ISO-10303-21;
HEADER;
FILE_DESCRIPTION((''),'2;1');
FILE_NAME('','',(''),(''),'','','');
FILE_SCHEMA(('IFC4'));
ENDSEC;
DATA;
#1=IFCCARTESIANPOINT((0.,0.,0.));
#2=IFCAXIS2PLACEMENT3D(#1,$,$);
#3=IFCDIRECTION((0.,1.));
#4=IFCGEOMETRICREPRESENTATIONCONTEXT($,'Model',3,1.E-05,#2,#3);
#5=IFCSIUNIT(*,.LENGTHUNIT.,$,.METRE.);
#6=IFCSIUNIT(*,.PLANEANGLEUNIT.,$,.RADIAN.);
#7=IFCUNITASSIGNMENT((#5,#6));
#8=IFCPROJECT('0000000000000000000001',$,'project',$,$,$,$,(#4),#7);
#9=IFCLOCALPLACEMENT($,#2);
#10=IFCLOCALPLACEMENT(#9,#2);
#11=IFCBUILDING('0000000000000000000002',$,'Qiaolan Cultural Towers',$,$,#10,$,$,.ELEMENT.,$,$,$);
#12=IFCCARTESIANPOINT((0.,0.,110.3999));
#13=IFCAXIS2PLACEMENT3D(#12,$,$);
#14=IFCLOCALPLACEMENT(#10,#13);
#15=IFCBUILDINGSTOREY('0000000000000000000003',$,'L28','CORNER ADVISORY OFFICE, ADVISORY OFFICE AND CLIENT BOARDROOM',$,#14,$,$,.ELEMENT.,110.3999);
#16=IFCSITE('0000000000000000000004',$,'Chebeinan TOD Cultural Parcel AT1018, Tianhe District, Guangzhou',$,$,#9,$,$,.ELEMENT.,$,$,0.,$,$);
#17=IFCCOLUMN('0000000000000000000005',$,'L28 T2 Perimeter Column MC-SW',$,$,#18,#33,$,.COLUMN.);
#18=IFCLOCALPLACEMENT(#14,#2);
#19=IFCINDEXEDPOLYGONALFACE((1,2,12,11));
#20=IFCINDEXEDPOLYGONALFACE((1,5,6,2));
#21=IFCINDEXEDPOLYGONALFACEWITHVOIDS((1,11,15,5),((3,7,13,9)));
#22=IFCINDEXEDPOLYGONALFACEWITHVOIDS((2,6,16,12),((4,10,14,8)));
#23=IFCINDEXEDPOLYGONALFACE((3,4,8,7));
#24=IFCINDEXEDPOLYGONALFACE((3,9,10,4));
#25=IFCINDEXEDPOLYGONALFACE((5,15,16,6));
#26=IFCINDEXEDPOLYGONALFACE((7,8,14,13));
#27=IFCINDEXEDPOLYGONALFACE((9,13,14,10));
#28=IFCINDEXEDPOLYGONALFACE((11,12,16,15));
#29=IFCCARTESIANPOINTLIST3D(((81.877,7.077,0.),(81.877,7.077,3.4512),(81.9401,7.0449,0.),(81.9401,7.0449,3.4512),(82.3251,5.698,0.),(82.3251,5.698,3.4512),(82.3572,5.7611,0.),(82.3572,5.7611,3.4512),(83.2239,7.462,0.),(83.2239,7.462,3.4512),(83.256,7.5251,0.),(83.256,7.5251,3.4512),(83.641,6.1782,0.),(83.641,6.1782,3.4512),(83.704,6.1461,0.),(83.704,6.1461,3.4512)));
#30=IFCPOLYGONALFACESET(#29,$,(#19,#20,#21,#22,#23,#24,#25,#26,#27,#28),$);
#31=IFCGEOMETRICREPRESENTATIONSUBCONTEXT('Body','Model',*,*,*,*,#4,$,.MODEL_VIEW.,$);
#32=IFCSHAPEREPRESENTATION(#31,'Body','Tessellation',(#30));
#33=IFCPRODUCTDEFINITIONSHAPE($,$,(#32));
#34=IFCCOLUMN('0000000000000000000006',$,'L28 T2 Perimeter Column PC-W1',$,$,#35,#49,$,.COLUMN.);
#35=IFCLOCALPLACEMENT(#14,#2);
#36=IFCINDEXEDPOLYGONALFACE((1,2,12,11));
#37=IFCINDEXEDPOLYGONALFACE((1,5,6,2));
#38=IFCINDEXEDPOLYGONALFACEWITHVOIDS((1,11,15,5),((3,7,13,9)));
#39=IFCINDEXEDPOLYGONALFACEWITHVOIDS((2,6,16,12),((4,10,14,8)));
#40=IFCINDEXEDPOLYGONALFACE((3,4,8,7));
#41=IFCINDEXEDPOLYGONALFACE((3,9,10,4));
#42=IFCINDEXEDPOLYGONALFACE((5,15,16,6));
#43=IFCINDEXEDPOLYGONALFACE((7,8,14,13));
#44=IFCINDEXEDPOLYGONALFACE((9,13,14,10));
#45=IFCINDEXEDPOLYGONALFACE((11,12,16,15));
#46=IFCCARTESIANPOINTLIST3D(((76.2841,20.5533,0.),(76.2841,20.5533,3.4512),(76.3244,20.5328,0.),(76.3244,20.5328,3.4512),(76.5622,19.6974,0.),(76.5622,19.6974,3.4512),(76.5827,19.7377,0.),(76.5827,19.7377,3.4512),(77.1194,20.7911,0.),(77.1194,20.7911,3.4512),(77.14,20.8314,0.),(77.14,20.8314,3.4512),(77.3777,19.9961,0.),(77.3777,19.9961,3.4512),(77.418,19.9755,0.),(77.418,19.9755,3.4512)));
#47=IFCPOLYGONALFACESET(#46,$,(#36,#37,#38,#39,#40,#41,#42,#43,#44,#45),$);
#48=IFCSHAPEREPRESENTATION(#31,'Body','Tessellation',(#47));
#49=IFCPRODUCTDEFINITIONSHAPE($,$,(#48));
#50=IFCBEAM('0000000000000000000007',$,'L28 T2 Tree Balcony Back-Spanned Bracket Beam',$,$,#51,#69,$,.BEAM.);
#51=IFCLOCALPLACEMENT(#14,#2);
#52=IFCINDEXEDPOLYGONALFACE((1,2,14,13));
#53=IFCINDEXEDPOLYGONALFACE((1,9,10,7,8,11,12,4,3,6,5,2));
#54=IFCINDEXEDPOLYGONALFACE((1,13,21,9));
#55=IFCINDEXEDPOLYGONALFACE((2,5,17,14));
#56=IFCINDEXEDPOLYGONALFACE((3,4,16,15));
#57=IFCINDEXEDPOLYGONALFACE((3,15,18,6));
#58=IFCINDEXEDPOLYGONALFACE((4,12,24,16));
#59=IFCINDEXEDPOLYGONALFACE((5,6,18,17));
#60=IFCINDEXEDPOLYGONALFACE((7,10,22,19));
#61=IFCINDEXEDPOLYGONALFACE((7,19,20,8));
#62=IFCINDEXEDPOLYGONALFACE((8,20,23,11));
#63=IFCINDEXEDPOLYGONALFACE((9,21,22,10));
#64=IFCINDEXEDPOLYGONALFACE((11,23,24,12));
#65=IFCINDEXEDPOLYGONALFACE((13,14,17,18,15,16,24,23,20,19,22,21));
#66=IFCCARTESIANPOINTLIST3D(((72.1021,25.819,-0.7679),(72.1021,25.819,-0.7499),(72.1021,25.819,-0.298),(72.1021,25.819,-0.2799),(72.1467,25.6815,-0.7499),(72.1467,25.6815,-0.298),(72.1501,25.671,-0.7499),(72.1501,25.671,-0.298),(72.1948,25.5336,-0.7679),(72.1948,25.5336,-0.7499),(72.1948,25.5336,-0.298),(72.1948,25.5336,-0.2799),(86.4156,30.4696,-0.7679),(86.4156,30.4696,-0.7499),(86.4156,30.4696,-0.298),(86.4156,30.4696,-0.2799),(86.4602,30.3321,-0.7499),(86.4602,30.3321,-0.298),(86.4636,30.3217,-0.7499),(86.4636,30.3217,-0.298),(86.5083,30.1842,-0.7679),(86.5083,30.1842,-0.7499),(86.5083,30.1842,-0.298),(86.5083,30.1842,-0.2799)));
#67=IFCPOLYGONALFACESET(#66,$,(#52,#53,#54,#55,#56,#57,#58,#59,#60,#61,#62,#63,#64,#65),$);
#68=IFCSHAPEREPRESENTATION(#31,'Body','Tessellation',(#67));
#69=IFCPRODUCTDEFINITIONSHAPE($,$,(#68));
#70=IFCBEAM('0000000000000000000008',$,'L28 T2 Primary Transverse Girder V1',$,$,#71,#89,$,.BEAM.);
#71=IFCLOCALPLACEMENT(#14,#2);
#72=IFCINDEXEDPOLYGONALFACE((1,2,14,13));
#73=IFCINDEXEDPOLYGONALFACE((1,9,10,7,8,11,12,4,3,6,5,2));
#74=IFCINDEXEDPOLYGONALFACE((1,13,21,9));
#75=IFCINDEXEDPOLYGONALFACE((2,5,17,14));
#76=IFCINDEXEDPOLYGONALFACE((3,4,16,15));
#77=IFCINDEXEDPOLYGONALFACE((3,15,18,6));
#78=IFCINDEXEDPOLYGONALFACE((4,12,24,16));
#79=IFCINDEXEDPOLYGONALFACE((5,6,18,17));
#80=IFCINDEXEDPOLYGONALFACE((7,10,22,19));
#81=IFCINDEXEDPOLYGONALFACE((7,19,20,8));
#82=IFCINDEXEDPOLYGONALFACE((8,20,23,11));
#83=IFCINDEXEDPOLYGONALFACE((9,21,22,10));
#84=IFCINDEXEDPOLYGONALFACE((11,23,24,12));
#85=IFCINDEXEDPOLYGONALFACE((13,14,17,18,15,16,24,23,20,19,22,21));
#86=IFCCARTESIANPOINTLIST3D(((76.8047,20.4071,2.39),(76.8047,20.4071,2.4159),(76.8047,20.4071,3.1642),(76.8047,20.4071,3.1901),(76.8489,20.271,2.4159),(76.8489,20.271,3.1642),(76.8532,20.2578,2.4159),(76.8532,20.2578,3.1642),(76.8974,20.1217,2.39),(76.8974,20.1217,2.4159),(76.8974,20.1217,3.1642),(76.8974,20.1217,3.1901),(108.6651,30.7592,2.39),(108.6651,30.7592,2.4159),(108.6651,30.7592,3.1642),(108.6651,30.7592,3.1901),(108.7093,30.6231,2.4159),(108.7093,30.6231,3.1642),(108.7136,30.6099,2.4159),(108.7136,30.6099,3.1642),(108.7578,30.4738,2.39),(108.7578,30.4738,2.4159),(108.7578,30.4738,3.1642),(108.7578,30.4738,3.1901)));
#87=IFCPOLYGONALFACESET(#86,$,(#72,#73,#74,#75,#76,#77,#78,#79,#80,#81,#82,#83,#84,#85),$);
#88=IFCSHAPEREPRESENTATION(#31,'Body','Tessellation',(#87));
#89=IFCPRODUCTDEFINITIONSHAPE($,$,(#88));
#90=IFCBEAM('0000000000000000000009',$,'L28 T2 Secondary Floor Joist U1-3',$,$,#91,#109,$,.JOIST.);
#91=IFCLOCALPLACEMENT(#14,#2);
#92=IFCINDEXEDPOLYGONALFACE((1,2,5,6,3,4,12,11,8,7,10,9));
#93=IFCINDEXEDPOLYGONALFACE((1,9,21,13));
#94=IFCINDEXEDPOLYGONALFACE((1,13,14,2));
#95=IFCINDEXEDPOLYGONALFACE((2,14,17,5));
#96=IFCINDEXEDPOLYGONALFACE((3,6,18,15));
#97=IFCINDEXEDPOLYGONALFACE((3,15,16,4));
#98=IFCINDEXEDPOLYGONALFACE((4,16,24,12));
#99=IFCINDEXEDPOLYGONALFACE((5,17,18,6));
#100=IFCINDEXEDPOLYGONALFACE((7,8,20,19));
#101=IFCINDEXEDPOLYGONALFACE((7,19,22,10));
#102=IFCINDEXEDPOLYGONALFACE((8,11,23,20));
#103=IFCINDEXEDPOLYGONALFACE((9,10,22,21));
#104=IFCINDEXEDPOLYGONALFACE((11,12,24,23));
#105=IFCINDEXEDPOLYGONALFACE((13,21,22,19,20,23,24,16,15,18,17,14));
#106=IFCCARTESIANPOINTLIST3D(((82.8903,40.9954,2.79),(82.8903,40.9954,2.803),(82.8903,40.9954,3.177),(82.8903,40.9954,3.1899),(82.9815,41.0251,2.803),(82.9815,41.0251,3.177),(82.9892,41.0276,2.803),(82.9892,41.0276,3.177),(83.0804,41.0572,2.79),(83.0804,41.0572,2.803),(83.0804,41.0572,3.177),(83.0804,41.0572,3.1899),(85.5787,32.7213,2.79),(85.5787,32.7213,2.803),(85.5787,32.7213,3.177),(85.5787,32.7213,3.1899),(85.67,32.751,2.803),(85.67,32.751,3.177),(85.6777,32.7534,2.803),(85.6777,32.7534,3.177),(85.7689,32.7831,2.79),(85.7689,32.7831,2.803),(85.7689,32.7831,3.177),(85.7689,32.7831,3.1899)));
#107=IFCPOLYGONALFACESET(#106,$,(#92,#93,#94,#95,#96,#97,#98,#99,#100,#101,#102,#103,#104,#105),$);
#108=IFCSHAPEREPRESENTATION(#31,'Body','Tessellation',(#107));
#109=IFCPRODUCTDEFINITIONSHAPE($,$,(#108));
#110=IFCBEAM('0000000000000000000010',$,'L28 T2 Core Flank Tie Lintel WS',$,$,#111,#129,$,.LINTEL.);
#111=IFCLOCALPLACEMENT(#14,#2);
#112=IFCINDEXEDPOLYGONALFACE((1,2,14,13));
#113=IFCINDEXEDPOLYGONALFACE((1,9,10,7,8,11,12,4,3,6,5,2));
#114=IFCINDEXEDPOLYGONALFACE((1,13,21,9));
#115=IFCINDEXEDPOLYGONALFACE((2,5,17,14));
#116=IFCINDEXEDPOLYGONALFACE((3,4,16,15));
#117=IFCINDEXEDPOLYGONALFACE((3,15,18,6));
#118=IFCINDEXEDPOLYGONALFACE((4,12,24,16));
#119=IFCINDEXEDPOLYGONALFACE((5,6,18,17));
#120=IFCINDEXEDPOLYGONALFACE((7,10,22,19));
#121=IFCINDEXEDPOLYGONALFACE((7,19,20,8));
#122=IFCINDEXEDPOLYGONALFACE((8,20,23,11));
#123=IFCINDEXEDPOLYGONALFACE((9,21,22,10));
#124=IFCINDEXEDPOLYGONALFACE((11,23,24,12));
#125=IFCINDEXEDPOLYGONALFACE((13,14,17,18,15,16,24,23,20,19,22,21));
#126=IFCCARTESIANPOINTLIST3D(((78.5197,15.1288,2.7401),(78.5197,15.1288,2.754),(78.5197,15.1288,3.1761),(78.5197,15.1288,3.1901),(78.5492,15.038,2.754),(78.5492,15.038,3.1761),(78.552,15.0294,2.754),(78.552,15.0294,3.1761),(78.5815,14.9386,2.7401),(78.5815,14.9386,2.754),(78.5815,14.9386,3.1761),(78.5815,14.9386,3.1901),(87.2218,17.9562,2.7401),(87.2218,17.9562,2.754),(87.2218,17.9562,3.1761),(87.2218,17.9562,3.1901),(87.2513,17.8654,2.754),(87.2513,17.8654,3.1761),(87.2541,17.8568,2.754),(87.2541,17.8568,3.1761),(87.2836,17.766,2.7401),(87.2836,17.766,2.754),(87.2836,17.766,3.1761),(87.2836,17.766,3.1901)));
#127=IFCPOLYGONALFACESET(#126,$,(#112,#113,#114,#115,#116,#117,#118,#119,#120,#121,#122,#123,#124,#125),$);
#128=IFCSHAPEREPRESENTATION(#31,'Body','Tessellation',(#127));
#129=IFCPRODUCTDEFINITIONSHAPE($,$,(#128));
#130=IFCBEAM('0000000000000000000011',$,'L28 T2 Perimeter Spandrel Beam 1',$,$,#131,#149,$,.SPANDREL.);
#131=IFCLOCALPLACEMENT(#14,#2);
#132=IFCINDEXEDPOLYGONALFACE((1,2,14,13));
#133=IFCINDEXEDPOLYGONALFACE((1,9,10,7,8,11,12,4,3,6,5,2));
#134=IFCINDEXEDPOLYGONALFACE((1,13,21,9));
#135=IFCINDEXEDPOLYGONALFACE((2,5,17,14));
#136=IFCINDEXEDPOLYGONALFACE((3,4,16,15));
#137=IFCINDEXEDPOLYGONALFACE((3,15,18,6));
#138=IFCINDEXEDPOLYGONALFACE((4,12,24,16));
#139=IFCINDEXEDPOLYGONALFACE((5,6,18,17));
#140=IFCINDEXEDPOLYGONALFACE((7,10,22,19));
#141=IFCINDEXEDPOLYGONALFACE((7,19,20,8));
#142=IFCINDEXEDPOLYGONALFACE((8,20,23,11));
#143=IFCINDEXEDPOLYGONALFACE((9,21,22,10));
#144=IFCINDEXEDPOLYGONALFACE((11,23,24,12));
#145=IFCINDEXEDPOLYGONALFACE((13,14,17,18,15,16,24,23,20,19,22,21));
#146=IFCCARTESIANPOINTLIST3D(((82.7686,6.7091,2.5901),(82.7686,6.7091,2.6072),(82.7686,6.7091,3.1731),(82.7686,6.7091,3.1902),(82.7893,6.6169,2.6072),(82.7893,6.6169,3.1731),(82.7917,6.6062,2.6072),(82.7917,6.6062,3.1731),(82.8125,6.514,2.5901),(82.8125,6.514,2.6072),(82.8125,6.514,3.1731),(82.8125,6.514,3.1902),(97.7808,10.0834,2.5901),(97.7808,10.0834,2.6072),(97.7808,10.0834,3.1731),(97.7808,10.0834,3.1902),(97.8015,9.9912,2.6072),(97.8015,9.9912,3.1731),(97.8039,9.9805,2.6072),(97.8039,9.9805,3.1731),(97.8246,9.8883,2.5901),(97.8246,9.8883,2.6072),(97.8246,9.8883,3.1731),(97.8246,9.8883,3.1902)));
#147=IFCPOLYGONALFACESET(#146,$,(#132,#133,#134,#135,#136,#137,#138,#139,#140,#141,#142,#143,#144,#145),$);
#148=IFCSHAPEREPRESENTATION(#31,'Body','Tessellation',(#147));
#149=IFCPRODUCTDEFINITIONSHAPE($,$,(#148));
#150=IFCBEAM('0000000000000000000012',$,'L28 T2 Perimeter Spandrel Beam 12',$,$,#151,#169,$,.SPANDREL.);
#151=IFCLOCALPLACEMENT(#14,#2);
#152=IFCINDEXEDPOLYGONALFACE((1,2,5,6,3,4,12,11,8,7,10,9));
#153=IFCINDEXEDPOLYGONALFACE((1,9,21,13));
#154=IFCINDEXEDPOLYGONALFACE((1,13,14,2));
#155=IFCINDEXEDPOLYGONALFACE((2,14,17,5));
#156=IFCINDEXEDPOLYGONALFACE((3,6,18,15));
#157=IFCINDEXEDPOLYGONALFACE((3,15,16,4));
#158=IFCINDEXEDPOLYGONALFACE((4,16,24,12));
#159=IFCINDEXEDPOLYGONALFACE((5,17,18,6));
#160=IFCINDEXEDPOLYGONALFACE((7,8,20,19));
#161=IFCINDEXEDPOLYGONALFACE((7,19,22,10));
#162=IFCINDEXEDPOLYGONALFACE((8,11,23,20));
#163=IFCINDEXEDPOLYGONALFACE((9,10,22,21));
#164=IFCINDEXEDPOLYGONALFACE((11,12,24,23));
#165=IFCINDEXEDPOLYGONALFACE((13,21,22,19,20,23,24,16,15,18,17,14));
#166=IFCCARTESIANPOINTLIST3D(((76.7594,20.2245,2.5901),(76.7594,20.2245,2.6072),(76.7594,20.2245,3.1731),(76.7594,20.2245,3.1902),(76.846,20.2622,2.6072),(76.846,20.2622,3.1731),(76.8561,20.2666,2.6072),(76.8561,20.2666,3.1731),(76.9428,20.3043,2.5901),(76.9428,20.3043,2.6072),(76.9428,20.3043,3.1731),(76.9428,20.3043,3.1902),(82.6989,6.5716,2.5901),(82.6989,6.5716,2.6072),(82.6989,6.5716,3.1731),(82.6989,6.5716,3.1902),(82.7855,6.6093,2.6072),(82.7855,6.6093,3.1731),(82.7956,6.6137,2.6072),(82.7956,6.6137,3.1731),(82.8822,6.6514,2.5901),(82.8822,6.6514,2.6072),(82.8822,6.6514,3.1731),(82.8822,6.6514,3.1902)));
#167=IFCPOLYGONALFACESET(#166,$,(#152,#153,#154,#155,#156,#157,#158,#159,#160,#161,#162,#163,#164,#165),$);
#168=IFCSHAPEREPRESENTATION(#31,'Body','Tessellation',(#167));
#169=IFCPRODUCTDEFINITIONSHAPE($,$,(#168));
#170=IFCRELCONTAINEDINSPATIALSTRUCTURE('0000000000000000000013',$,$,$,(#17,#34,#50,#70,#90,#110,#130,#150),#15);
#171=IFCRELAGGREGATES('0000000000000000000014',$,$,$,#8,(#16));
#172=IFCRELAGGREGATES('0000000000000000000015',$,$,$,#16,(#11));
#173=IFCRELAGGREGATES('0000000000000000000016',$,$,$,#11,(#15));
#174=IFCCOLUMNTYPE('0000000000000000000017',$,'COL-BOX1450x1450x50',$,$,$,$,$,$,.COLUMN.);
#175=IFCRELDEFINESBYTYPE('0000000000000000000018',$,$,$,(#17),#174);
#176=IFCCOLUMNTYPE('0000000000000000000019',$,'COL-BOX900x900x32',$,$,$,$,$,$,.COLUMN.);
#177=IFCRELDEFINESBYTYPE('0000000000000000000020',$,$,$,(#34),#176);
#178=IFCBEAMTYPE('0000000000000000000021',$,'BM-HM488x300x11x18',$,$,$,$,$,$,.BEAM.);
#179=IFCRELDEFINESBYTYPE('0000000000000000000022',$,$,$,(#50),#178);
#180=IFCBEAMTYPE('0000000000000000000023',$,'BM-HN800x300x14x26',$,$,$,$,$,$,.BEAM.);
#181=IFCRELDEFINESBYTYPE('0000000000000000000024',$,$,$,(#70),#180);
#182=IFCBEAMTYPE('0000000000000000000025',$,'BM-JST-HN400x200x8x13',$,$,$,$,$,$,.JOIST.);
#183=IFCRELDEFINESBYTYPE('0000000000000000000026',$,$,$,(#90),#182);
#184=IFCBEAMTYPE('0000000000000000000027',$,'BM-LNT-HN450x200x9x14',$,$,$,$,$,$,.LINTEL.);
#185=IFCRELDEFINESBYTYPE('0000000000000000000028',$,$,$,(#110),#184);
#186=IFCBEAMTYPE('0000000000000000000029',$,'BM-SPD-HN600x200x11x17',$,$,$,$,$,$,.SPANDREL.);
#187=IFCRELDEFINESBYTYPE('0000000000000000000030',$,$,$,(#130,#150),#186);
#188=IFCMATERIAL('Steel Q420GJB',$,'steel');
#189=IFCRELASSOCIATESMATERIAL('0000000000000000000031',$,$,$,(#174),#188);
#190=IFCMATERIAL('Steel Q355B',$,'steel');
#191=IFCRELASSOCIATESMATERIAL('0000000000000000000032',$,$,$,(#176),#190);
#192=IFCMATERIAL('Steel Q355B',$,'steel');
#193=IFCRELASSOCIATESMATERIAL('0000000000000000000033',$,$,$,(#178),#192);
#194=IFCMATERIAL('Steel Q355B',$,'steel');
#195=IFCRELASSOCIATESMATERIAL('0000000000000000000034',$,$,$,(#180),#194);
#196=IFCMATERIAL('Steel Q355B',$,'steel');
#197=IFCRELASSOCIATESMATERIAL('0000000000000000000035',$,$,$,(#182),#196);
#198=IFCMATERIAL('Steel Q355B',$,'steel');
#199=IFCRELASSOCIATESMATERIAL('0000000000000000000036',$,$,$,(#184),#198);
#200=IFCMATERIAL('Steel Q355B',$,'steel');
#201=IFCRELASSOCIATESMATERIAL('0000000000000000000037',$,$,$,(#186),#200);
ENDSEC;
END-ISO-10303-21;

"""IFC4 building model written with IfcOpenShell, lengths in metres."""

from ifc_helpers import new_model, si_unit, direction, frame, origin, origin_2d, place, context, subcontext, project, spatial, hollow_rectangle, i_section, extrude, material, material_profile, profile_set, type_object, element, save


model = new_model("IFC4")

# Units and contexts
model_context = context("Model", 3, precision=1e-05, world=origin(), true_north=direction((0.0, 1.0)))
body_context = subcontext(model_context, "Body", "Model", "MODEL_VIEW")
ifc_project = project(units=[si_unit("LENGTHUNIT", "METRE"), si_unit("PLANEANGLEUNIT", "RADIAN")], contexts=[model_context])

# Site, building, storey
site_placement = place(None, origin())
site = spatial("IfcSite", under=ifc_project, at=site_placement, Name="Chebeinan TOD Cultural Parcel AT1018, Tianhe District, Guangzhou", CompositionType="ELEMENT", RefElevation=0.0)
building_placement = place(site_placement, origin())
building = spatial("IfcBuilding", under=site, at=building_placement, Name="Qiaolan Cultural Towers", CompositionType="ELEMENT")
storey_placement = place(building_placement, frame((0.0, 0.0, 110.3999)))
storey = spatial("IfcBuildingStorey", under=building, at=storey_placement, Name="L28", Description="CORNER ADVISORY OFFICE, ADVISORY OFFICE AND CLIENT BOARDROOM", CompositionType="ELEMENT", Elevation=110.3999)

# Columns
ifc_material_1 = material(Name="Steel Q420GJB", Category="steel")
ifc_material_profile_1 = material_profile(ifc_material_1, hollow_rectangle(XDim=1.45, YDim=1.45, WallThickness=0.05, at=origin_2d()), Name="BOX1450x1450x50")
ifc_profile_set_1 = profile_set([ifc_material_profile_1], Name="Steel Q420GJB")
column_type_1 = type_object("IfcColumnType", Name="COL-BOX1450x1450x50", PredefinedType="COLUMN", material=ifc_profile_set_1)
column_1_placement = place(storey_placement, frame((82.7905, 6.6116, 0.0), z_axis=(0.0, 0.0, 1.0), x_axis=(0.951057, 0.309017, 0.0)))
element("IfcColumn", 1, at=column_1_placement, inside=storey, type_object=column_type_1, Name="L28 T2 Perimeter Column MC-SW", PredefinedType="COLUMN", context=body_context, shape_type="SweptSolid", body=[
    extrude(hollow_rectangle(XDim=1.45, YDim=1.45, WallThickness=0.05, at=origin_2d()), origin(), (0.0, 0.0, 1.0), 3.4512),
])
ifc_material_2 = material(Name="Steel Q355B", Category="steel")
ifc_material_profile_2 = material_profile(ifc_material_2, hollow_rectangle(XDim=0.8999, YDim=0.8999, WallThickness=0.032, at=origin_2d()), Name="BOX900x900x32")
ifc_profile_set_2 = profile_set([ifc_material_profile_2], Name="Steel Q355B")
column_type_2 = type_object("IfcColumnType", Name="COL-BOX900x900x32", PredefinedType="COLUMN", material=ifc_profile_set_2)
column_2_placement = place(storey_placement, frame((76.8511, 20.2644, 0.0), z_axis=(0.0, 0.0, 1.0), x_axis=(0.951057, 0.309017, 0.0)))
element("IfcColumn", 2, at=column_2_placement, inside=storey, type_object=column_type_2, Name="L28 T2 Perimeter Column PC-W1", PredefinedType="COLUMN", context=body_context, shape_type="SweptSolid", body=[
    extrude(hollow_rectangle(XDim=0.8999, YDim=0.8999, WallThickness=0.032, at=origin_2d()), origin(), (0.0, 0.0, 1.0), 3.4512),
])

# Beams
ifc_material_3 = material(Name="Steel Q355B", Category="steel")
ifc_material_profile_3 = material_profile(ifc_material_3, i_section(OverallWidth=0.3, OverallDepth=0.488, WebThickness=0.011, FlangeThickness=0.0181, at=origin_2d()), Name="HM488x300x11x18")
ifc_profile_set_3 = profile_set([ifc_material_profile_3], Name="Steel Q355B")
beam_type_1 = type_object("IfcBeamType", Name="BM-HM488x300x11x18", PredefinedType="BEAM", material=ifc_profile_set_3)
beam_1_placement = place(storey_placement, frame((86.4619, 30.3269, -0.5239), z_axis=(-0.951058, -0.309011, 0.0), x_axis=(0.309011, -0.951058, 0.0)))
element("IfcBeam", 3, at=beam_1_placement, inside=storey, type_object=beam_type_1, Name="L28 T2 Tree Balcony Back-Spanned Bracket Beam", PredefinedType="BEAM", context=body_context, shape_type="SweptSolid", body=[
    extrude(i_section(OverallWidth=0.3, OverallDepth=0.488, WebThickness=0.011, FlangeThickness=0.0181, at=origin_2d()), origin(), (0.0, 0.0, 1.0), 15.05),
])
ifc_material_4 = material(Name="Steel Q355B", Category="steel")
ifc_material_profile_4 = material_profile(ifc_material_4, i_section(OverallWidth=0.3, OverallDepth=0.8, WebThickness=0.0139, FlangeThickness=0.0259, at=origin_2d()), Name="HN800x300x14x26")
ifc_profile_set_4 = profile_set([ifc_material_profile_4], Name="Steel Q355B")
beam_type_2 = type_object("IfcBeamType", Name="BM-HN800x300x14x26", PredefinedType="BEAM", material=ifc_profile_set_4)
beam_2_placement = place(storey_placement, frame((76.8511, 20.2644, 2.79), z_axis=(0.951057, 0.309017, 0.0), x_axis=(-0.309017, 0.951057, 0.0)))
element("IfcBeam", 4, at=beam_2_placement, inside=storey, type_object=beam_type_2, Name="L28 T2 Primary Transverse Girder V1", PredefinedType="BEAM", context=body_context, shape_type="SweptSolid", body=[
    extrude(i_section(OverallWidth=0.3, OverallDepth=0.8, WebThickness=0.0139, FlangeThickness=0.0259, at=origin_2d()), origin(), (0.0, 0.0, 1.0), 33.5),
])
ifc_material_5 = material(Name="Steel Q355B", Category="steel")
ifc_material_profile_5 = material_profile(ifc_material_5, i_section(OverallWidth=0.2, OverallDepth=0.3999, WebThickness=0.0081, FlangeThickness=0.0129, at=origin_2d()), Name="HN400x200x8x13")
ifc_profile_set_5 = profile_set([ifc_material_profile_5], Name="Steel Q355B")
beam_type_3 = type_object("IfcBeamType", Name="BM-JST-HN400x200x8x13", PredefinedType="JOIST", material=ifc_profile_set_5)
beam_3_placement = place(storey_placement, frame((85.6738, 32.7522, 2.99), z_axis=(-0.309021, 0.951055, 0.0), x_axis=(-0.951055, -0.309021, 0.0)))
element("IfcBeam", 5, at=beam_3_placement, inside=storey, type_object=beam_type_3, Name="L28 T2 Secondary Floor Joist U1-3", PredefinedType="JOIST", context=body_context, shape_type="SweptSolid", body=[
    extrude(i_section(OverallWidth=0.2, OverallDepth=0.3999, WebThickness=0.0081, FlangeThickness=0.0129, at=origin_2d()), origin(), (0.0, 0.0, 1.0), 8.7),
])
ifc_material_6 = material(Name="Steel Q355B", Category="steel")
ifc_material_profile_6 = material_profile(ifc_material_6, i_section(OverallWidth=0.2, OverallDepth=0.45, WebThickness=0.009, FlangeThickness=0.0139, at=origin_2d()), Name="HN450x200x9x14")
ifc_profile_set_6 = profile_set([ifc_material_profile_6], Name="Steel Q355B")
beam_type_4 = type_object("IfcBeamType", Name="BM-LNT-HN450x200x9x14", PredefinedType="LINTEL", material=ifc_profile_set_6)
beam_4_placement = place(storey_placement, frame((87.2527, 17.8611, 2.9651), z_axis=(-0.95106, -0.309006, 0.0), x_axis=(0.309006, -0.95106, 0.0)))
element("IfcBeam", 6, at=beam_4_placement, inside=storey, type_object=beam_type_4, Name="L28 T2 Core Flank Tie Lintel WS", PredefinedType="LINTEL", context=body_context, shape_type="SweptSolid", body=[
    extrude(i_section(OverallWidth=0.2, OverallDepth=0.45, WebThickness=0.009, FlangeThickness=0.0139, at=origin_2d()), origin(), (0.0, 0.0, 1.0), 9.1499),
])
ifc_material_7 = material(Name="Steel Q355B", Category="steel")
ifc_material_profile_7 = material_profile(ifc_material_7, i_section(OverallWidth=0.2, OverallDepth=0.6001, WebThickness=0.011, FlangeThickness=0.0171, at=origin_2d()), Name="HN600x200x11x17")
ifc_profile_set_7 = profile_set([ifc_material_profile_7], Name="Steel Q355B")
beam_type_5 = type_object("IfcBeamType", Name="BM-SPD-HN600x200x11x17", PredefinedType="SPANDREL", material=ifc_profile_set_7)
beam_5_placement = place(storey_placement, frame((82.7905, 6.6116, 2.8901), z_axis=(0.975658, 0.219297, 0.0), x_axis=(-0.219297, 0.975658, 0.0)))
element("IfcBeam", 7, at=beam_5_placement, inside=storey, type_object=beam_type_5, Name="L28 T2 Perimeter Spandrel Beam 1", PredefinedType="SPANDREL", context=body_context, shape_type="SweptSolid", body=[
    extrude(i_section(OverallWidth=0.2, OverallDepth=0.6001, WebThickness=0.011, FlangeThickness=0.0171, at=origin_2d()), origin(), (0.0, 0.0, 1.0), 15.3867),
])
beam_6_placement = place(storey_placement, frame((76.8511, 20.2644, 2.8901), z_axis=(0.39892, -0.916986, 0.0), x_axis=(0.916986, 0.39892, 0.0)))
element("IfcBeam", 8, at=beam_6_placement, inside=storey, type_object=beam_type_5, Name="L28 T2 Perimeter Spandrel Beam 12", PredefinedType="SPANDREL", context=body_context, shape_type="SweptSolid", body=[
    extrude(i_section(OverallWidth=0.2, OverallDepth=0.6001, WebThickness=0.011, FlangeThickness=0.0171, at=origin_2d()), origin(), (0.0, 0.0, 1.0), 14.8889),
])

save(model, "model.ifc")
